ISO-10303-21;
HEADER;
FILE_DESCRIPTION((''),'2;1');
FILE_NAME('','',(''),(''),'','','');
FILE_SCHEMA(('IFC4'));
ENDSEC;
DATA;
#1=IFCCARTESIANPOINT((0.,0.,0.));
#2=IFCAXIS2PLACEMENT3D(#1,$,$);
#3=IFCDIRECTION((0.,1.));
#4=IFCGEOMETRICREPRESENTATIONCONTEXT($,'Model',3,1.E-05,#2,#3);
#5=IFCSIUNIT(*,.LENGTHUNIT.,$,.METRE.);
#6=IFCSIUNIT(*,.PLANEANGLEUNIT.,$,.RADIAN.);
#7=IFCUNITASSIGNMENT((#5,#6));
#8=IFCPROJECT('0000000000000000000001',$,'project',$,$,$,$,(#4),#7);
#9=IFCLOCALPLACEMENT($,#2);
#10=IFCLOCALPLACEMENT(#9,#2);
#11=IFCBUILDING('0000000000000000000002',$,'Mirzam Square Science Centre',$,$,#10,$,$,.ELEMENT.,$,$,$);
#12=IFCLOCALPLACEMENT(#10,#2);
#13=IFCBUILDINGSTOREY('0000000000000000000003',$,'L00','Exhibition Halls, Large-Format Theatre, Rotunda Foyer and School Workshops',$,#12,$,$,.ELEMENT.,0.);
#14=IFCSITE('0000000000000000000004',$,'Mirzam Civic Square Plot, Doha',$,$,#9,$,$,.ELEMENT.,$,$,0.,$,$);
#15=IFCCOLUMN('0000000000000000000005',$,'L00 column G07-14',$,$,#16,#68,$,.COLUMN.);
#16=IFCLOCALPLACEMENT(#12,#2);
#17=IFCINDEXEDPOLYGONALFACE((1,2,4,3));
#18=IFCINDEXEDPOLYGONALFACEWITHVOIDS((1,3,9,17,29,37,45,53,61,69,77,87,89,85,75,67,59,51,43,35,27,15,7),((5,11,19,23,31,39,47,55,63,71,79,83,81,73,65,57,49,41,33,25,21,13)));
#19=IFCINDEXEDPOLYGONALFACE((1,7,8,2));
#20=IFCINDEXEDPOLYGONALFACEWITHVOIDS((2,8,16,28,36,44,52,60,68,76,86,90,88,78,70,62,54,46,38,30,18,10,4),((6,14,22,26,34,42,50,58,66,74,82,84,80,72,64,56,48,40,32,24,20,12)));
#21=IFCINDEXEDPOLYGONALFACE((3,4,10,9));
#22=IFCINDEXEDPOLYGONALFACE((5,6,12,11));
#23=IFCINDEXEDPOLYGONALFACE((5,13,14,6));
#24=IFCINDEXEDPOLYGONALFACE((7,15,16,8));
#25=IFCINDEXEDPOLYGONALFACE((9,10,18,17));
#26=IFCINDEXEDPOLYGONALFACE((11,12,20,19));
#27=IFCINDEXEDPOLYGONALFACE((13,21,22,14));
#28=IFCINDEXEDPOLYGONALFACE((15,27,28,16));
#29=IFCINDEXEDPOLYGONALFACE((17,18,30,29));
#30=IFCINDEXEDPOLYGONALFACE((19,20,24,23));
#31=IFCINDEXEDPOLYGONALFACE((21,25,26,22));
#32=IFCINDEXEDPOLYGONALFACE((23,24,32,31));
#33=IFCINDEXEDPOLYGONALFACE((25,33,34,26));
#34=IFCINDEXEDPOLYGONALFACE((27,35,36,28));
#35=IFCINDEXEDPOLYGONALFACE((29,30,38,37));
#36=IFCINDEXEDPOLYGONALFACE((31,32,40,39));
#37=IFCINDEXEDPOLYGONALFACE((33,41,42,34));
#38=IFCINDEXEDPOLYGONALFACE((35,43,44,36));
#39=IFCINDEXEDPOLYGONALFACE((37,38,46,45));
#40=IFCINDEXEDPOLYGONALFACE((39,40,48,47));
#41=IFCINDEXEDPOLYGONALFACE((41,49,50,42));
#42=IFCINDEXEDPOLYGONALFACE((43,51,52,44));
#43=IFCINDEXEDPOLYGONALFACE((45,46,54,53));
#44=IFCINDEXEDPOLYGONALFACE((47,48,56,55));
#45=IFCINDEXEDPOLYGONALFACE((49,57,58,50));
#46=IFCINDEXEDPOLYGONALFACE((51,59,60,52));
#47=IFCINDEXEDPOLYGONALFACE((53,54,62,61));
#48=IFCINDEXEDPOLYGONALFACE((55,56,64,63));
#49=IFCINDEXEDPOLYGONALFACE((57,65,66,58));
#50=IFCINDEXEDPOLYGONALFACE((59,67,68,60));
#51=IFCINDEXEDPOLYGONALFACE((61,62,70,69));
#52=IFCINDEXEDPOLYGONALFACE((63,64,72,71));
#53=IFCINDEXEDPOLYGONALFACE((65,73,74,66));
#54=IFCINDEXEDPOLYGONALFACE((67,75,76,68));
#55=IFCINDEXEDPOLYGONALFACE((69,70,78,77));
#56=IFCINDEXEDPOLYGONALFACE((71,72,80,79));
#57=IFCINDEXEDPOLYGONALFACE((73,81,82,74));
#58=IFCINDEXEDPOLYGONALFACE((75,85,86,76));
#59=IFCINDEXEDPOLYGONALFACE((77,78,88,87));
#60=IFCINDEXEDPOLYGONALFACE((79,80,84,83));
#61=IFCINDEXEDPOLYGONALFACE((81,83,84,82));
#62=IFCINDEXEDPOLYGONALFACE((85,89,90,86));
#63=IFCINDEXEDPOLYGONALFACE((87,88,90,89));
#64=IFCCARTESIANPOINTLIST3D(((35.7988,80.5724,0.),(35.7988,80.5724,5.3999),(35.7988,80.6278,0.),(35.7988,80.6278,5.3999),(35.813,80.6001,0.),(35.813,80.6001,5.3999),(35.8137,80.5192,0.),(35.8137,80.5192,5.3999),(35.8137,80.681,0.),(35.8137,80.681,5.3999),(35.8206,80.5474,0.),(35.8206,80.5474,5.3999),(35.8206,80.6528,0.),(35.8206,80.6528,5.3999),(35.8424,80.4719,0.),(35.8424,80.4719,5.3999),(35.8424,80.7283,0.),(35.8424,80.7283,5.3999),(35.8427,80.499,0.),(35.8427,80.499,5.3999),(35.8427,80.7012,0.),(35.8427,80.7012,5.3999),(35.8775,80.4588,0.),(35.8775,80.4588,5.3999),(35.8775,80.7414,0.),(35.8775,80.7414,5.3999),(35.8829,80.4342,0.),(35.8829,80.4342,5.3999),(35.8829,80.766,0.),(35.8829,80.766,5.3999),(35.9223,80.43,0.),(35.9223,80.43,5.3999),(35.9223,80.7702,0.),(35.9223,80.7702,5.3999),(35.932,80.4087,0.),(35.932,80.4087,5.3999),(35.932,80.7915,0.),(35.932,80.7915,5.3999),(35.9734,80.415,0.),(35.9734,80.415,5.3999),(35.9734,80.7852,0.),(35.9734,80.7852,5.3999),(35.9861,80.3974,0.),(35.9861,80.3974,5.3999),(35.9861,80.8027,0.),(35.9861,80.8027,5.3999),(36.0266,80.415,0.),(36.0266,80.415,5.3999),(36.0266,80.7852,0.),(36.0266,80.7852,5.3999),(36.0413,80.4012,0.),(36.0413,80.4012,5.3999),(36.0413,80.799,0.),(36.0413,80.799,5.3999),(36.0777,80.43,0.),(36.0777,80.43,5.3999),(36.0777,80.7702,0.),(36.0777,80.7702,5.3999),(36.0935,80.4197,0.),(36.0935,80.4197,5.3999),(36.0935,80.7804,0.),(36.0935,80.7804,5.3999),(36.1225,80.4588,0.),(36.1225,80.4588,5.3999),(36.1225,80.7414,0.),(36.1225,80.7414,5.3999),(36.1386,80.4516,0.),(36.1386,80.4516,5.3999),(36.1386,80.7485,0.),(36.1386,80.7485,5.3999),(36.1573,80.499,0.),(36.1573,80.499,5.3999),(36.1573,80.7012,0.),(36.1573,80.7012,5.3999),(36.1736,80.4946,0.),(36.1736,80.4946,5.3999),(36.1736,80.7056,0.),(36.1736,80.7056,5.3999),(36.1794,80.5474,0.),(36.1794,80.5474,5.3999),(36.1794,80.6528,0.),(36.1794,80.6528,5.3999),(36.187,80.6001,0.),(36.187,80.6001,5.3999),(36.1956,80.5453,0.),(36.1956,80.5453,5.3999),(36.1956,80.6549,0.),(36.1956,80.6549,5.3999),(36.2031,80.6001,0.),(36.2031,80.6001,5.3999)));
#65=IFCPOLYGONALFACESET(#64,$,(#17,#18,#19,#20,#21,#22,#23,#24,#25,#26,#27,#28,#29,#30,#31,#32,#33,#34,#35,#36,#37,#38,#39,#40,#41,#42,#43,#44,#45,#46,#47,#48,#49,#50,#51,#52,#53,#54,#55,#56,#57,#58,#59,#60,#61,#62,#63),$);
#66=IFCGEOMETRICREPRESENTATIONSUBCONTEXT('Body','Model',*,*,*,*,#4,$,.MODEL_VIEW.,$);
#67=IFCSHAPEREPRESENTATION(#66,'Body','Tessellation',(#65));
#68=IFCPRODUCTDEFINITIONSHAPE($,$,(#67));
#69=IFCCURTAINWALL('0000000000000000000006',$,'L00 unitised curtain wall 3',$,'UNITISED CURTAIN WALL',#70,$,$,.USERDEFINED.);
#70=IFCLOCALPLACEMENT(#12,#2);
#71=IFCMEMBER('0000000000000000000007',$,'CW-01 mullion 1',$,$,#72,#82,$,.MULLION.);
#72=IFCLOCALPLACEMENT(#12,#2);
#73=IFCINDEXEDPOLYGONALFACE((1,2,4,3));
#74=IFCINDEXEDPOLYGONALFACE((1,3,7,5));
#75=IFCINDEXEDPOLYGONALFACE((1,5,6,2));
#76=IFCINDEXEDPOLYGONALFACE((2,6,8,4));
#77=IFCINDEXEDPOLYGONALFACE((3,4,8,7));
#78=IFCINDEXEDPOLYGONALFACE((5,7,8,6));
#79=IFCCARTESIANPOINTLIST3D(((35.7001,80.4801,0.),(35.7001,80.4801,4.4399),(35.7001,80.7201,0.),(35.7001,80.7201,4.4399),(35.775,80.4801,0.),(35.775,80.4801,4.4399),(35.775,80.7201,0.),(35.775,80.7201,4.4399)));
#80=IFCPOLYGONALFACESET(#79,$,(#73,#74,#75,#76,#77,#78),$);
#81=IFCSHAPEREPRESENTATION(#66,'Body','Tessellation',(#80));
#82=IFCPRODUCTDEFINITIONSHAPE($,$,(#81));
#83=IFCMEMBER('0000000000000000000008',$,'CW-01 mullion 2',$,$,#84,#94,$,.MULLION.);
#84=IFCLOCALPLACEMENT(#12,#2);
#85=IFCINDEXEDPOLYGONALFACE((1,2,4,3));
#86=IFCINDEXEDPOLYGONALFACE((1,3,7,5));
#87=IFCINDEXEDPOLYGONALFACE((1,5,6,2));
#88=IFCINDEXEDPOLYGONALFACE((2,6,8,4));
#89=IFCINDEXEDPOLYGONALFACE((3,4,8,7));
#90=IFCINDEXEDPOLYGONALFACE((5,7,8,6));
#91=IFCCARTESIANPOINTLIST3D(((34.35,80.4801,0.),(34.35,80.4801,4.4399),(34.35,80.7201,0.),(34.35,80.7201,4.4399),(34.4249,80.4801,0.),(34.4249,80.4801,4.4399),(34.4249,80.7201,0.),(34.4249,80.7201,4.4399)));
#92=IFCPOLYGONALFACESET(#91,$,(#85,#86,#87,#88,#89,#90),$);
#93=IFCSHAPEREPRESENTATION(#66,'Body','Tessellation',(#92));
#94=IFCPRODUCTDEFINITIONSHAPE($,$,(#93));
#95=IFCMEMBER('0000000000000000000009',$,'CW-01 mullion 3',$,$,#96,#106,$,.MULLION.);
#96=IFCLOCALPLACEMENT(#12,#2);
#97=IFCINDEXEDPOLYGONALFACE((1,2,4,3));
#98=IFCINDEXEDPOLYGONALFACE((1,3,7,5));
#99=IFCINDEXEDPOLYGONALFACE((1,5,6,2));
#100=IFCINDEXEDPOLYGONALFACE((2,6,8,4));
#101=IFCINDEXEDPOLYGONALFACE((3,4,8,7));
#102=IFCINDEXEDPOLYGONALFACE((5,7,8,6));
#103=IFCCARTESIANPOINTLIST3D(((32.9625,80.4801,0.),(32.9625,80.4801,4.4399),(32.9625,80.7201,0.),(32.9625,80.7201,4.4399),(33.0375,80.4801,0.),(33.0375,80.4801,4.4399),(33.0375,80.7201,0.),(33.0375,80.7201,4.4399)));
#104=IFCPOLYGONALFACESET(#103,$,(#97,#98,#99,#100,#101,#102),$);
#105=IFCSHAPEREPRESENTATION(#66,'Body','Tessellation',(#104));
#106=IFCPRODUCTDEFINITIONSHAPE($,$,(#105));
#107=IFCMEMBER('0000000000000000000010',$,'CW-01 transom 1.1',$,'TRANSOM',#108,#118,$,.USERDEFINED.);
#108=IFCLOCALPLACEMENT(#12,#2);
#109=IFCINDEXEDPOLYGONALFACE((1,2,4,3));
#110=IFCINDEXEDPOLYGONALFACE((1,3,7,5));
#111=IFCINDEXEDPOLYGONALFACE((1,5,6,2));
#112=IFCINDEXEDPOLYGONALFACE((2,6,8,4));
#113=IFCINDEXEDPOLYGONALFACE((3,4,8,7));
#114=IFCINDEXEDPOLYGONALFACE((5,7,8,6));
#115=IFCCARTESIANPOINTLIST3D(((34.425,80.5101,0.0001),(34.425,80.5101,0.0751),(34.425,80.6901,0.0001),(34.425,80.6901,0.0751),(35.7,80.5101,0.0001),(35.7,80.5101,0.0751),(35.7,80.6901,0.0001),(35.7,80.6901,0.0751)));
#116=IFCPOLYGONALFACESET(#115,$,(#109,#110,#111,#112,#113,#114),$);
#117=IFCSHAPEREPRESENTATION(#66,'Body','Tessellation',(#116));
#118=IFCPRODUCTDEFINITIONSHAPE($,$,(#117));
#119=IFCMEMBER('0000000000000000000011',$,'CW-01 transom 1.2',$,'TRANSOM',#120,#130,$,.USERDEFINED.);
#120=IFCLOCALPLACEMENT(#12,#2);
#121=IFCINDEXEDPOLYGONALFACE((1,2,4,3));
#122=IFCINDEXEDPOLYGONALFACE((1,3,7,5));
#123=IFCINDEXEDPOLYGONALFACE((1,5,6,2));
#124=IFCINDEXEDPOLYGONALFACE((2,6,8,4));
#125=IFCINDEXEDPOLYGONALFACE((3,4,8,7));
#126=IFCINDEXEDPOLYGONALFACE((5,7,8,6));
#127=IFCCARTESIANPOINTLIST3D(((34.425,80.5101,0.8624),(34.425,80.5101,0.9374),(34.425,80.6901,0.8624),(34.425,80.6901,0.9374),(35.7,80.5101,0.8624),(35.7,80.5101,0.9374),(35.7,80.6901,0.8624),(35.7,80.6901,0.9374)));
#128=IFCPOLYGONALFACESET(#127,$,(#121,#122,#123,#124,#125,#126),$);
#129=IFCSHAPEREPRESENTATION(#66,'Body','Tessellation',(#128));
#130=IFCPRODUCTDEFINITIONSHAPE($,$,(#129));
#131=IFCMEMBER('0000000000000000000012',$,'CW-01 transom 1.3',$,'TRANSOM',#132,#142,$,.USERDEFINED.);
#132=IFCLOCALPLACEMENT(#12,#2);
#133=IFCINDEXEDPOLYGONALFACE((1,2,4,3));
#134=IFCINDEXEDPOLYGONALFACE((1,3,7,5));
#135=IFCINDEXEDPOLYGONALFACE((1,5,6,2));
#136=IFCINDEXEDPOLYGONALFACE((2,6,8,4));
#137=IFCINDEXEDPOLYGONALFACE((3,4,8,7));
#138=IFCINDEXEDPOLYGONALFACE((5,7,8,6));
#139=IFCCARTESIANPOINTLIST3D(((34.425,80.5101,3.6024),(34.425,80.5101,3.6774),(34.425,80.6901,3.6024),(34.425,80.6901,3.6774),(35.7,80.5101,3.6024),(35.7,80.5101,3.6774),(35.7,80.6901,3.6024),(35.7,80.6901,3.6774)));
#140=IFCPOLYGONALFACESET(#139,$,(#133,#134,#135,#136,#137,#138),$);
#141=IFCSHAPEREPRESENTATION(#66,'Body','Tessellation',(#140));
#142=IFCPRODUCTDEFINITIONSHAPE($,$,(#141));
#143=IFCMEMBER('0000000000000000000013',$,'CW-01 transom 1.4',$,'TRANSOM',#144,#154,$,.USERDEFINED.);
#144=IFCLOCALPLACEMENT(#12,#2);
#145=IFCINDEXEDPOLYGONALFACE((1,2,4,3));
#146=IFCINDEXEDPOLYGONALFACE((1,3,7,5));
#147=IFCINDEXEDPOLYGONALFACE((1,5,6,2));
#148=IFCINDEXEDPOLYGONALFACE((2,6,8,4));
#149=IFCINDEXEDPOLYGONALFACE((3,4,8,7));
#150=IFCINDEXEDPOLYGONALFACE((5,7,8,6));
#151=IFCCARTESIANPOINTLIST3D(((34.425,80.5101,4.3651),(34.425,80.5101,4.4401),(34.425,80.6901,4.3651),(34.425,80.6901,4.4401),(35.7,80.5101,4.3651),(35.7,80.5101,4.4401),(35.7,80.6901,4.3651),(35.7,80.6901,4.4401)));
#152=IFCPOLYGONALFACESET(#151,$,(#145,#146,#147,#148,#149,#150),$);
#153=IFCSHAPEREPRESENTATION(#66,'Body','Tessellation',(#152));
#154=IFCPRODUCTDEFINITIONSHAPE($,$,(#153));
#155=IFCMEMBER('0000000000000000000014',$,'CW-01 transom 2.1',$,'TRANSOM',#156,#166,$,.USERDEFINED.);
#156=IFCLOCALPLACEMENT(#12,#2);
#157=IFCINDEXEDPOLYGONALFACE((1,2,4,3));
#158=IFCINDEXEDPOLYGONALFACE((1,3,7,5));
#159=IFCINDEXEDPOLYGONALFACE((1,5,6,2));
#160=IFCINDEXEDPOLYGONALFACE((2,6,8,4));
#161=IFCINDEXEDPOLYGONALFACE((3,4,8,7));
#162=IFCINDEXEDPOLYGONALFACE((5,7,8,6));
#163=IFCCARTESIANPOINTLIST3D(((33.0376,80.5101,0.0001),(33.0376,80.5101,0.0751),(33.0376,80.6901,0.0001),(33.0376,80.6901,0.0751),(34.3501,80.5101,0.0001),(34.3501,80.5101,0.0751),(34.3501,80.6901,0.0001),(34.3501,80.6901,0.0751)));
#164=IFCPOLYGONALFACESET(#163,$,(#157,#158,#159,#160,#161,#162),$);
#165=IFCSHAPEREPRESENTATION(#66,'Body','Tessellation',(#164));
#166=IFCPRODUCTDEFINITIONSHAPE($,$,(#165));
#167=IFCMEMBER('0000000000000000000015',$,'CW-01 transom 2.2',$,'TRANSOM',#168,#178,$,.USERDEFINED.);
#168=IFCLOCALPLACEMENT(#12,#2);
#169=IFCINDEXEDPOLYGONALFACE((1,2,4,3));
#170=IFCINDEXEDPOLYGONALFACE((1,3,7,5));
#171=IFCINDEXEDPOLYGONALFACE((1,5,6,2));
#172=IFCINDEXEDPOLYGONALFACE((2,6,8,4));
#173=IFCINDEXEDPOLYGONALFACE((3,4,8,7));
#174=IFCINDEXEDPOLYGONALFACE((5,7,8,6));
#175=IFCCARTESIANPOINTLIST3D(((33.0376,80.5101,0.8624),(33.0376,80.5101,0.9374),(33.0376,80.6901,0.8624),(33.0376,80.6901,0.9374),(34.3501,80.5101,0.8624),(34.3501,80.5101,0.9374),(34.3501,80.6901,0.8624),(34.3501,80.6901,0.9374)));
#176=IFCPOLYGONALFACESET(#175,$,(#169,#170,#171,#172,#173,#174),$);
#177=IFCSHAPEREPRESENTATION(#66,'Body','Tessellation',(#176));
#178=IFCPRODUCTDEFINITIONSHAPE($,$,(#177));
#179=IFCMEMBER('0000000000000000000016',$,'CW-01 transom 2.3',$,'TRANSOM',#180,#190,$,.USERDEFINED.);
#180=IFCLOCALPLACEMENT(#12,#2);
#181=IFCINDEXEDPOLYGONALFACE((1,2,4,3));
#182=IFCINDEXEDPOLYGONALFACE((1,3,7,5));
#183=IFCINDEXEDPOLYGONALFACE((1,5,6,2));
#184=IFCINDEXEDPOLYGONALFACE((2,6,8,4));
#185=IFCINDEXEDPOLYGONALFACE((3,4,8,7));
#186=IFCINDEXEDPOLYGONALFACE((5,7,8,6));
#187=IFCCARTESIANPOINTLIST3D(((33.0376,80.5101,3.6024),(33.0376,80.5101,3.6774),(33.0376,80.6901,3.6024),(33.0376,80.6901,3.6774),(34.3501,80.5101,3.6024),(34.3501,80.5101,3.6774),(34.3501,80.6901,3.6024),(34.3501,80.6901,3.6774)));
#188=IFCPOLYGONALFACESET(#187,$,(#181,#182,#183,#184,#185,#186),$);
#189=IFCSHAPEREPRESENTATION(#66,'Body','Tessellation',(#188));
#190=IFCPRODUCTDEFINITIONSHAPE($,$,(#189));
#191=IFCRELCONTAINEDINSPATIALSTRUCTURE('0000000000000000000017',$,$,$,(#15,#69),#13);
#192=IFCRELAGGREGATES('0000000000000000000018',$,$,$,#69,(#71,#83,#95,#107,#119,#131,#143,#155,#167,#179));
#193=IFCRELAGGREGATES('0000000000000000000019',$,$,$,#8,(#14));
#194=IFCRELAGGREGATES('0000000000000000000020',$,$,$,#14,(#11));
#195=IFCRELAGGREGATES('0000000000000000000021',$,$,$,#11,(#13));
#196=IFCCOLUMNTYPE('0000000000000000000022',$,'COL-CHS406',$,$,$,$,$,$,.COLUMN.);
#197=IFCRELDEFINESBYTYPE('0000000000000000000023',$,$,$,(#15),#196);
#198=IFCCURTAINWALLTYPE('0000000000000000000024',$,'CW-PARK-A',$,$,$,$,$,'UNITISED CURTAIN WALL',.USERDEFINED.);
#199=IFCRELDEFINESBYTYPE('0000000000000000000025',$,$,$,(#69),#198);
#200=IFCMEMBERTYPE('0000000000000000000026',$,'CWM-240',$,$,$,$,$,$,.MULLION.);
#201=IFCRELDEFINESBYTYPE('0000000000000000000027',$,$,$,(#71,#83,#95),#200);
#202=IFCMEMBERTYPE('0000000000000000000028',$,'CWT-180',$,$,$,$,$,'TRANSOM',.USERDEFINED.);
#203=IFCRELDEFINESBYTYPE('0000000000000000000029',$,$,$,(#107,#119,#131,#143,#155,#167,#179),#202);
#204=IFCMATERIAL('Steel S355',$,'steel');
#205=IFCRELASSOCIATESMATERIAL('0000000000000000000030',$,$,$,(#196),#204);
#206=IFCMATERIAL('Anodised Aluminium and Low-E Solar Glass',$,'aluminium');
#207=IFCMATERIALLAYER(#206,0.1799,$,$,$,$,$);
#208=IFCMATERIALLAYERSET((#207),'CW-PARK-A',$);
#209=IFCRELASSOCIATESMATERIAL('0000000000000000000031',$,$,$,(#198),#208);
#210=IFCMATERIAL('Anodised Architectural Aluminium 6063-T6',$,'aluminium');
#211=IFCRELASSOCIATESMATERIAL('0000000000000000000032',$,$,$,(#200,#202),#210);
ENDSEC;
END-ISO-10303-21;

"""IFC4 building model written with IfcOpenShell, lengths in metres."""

from ifc_helpers import new_model, si_unit, direction, frame, origin, origin_2d, place, context, subcontext, project, spatial, rectangle, hollow_circle, extrude, material, layer, layer_set, material_profile, profile_set, type_object, element, aggregate, save


model = new_model("IFC4")

# Units and contexts
model_context = context("Model", 3, precision=1e-05, world=origin(), true_north=direction((0.0, 1.0)))
body_context = subcontext(model_context, "Body", "Model", "MODEL_VIEW")
ifc_project = project(units=[si_unit("LENGTHUNIT", "METRE"), si_unit("PLANEANGLEUNIT", "RADIAN")], contexts=[model_context])

# Site, building, storey
site_placement = place(None, origin())
site = spatial("IfcSite", under=ifc_project, at=site_placement, Name="Mirzam Civic Square Plot, Doha", CompositionType="ELEMENT", RefElevation=0.0)
building_placement = place(site_placement, origin())
building = spatial("IfcBuilding", under=site, at=building_placement, Name="Mirzam Square Science Centre", CompositionType="ELEMENT")
storey_placement = place(building_placement, origin())
storey = spatial("IfcBuildingStorey", under=building, at=storey_placement, Name="L00", Description="Exhibition Halls, Large-Format Theatre, Rotunda Foyer and School Workshops", CompositionType="ELEMENT", Elevation=0.0)

# Column
ifc_material_1 = material(Name="Steel S355", Category="steel")
ifc_material_profile_1 = material_profile(ifc_material_1, hollow_circle(Radius=0.2031, WallThickness=0.0161, at=origin_2d()), Name="406.4x16.0CHS")
ifc_profile_set_1 = profile_set([ifc_material_profile_1], Name="Steel S355")
column_type = type_object("IfcColumnType", Name="COL-CHS406", PredefinedType="COLUMN", material=ifc_profile_set_1)
column_placement = place(storey_placement, frame((36.0, 80.6001, 0.0), z_axis=(0.0, 0.0, 1.0), x_axis=(1.0, 0.0, 0.0)))
element("IfcColumn", 1, at=column_placement, inside=storey, type_object=column_type, Name="L00 column G07-14", PredefinedType="COLUMN", context=body_context, shape_type="SweptSolid", body=[
    extrude(hollow_circle(Radius=0.2031, WallThickness=0.0161, at=origin_2d()), origin(), (0.0, 0.0, 1.0), 5.3999),
])

# Curtain wall, members
ifc_material_2 = material(Name="Anodised Aluminium and Low-E Solar Glass", Category="aluminium")
ifc_layer_1 = layer(ifc_material_2, 0.1799)
ifc_layer_set_1 = layer_set([ifc_layer_1], Name="CW-PARK-A")
curtain_wall_type = type_object("IfcCurtainWallType", Name="CW-PARK-A", ElementType="UNITISED CURTAIN WALL", PredefinedType="USERDEFINED", material=ifc_layer_set_1)
curtain_wall_placement = place(storey_placement, origin())
curtain_wall = element("IfcCurtainWall", 2, at=curtain_wall_placement, inside=storey, type_object=curtain_wall_type, Name="L00 unitised curtain wall 3", ObjectType="UNITISED CURTAIN WALL", PredefinedType="USERDEFINED")
ifc_material_3 = material(Name="Anodised Architectural Aluminium 6063-T6", Category="aluminium")
ifc_material_profile_2 = material_profile(ifc_material_3, rectangle(XDim=0.075, YDim=0.24, at=origin_2d()), Name="ALU-MULL-240x75x5")
ifc_profile_set_2 = profile_set([ifc_material_profile_2], Name="Anodised Architectural Aluminium 6063-T6")
member_type_1 = type_object("IfcMemberType", Name="CWM-240", PredefinedType="MULLION", material=ifc_profile_set_2)
member_1_placement = place(storey_placement, frame((35.7375, 80.6001, 0.0), z_axis=(0.0, 0.0, 1.0), x_axis=(-1.0, 0.0, 0.0)))
member_1 = element("IfcMember", 3, at=member_1_placement, type_object=member_type_1, Name="CW-01 mullion 1", PredefinedType="MULLION", context=body_context, shape_type="SweptSolid", body=[
    extrude(rectangle(XDim=0.075, YDim=0.24, at=origin_2d()), origin(), (0.0, 0.0, 1.0), 4.4399),
])
member_2_placement = place(storey_placement, frame((34.3875, 80.6001, 0.0), z_axis=(0.0, 0.0, 1.0), x_axis=(-1.0, 0.0, 0.0)))
member_2 = element("IfcMember", 4, at=member_2_placement, type_object=member_type_1, Name="CW-01 mullion 2", PredefinedType="MULLION", context=body_context, shape_type="SweptSolid", body=[
    extrude(rectangle(XDim=0.075, YDim=0.24, at=origin_2d()), origin(), (0.0, 0.0, 1.0), 4.4399),
])
member_3_placement = place(storey_placement, frame((33.0, 80.6001, 0.0), z_axis=(0.0, 0.0, 1.0), x_axis=(-1.0, 0.0, 0.0)))
member_3 = element("IfcMember", 5, at=member_3_placement, type_object=member_type_1, Name="CW-01 mullion 3", PredefinedType="MULLION", context=body_context, shape_type="SweptSolid", body=[
    extrude(rectangle(XDim=0.075, YDim=0.24, at=origin_2d()), origin(), (0.0, 0.0, 1.0), 4.4399),
])
ifc_material_profile_3 = material_profile(ifc_material_3, rectangle(XDim=0.1799, YDim=0.075, at=origin_2d()), Name="ALU-TRAN-180x75x5")
ifc_profile_set_3 = profile_set([ifc_material_profile_3], Name="Anodised Architectural Aluminium 6063-T6")
member_type_2 = type_object("IfcMemberType", Name="CWT-180", ElementType="TRANSOM", PredefinedType="USERDEFINED", material=ifc_profile_set_3)
member_4_placement = place(storey_placement, frame((35.7, 80.6001, 0.0376), z_axis=(-1.0, 0.0, 0.0), x_axis=(0.0, -1.0, 0.0)))
member_4 = element("IfcMember", 6, at=member_4_placement, type_object=member_type_2, Name="CW-01 transom 1.1", ObjectType="TRANSOM", PredefinedType="USERDEFINED", context=body_context, shape_type="SweptSolid", body=[
    extrude(rectangle(XDim=0.1799, YDim=0.075, at=origin_2d()), origin(), (0.0, 0.0, 1.0), 1.2749),
])
member_5_placement = place(storey_placement, frame((35.7, 80.6001, 0.8999), z_axis=(-1.0, 0.0, 0.0), x_axis=(0.0, -1.0, 0.0)))
member_5 = element("IfcMember", 7, at=member_5_placement, type_object=member_type_2, Name="CW-01 transom 1.2", ObjectType="TRANSOM", PredefinedType="USERDEFINED", context=body_context, shape_type="SweptSolid", body=[
    extrude(rectangle(XDim=0.1799, YDim=0.075, at=origin_2d()), origin(), (0.0, 0.0, 1.0), 1.2749),
])
member_6_placement = place(storey_placement, frame((35.7, 80.6001, 3.6399), z_axis=(-1.0, 0.0, 0.0), x_axis=(0.0, -1.0, 0.0)))
member_6 = element("IfcMember", 8, at=member_6_placement, type_object=member_type_2, Name="CW-01 transom 1.3", ObjectType="TRANSOM", PredefinedType="USERDEFINED", context=body_context, shape_type="SweptSolid", body=[
    extrude(rectangle(XDim=0.1799, YDim=0.075, at=origin_2d()), origin(), (0.0, 0.0, 1.0), 1.2749),
])
member_7_placement = place(storey_placement, frame((35.7, 80.6001, 4.4026), z_axis=(-1.0, 0.0, 0.0), x_axis=(0.0, -1.0, 0.0)))
member_7 = element("IfcMember", 9, at=member_7_placement, type_object=member_type_2, Name="CW-01 transom 1.4", ObjectType="TRANSOM", PredefinedType="USERDEFINED", context=body_context, shape_type="SweptSolid", body=[
    extrude(rectangle(XDim=0.1799, YDim=0.075, at=origin_2d()), origin(), (0.0, 0.0, 1.0), 1.2749),
])
member_8_placement = place(storey_placement, frame((34.3501, 80.6001, 0.0376), z_axis=(-1.0, 0.0, 0.0), x_axis=(0.0, -1.0, 0.0)))
member_8 = element("IfcMember", 10, at=member_8_placement, type_object=member_type_2, Name="CW-01 transom 2.1", ObjectType="TRANSOM", PredefinedType="USERDEFINED", context=body_context, shape_type="SweptSolid", body=[
    extrude(rectangle(XDim=0.1799, YDim=0.075, at=origin_2d()), origin(), (0.0, 0.0, 1.0), 1.3125),
])
member_9_placement = place(storey_placement, frame((34.3501, 80.6001, 0.8999), z_axis=(-1.0, 0.0, 0.0), x_axis=(0.0, -1.0, 0.0)))
member_9 = element("IfcMember", 11, at=member_9_placement, type_object=member_type_2, Name="CW-01 transom 2.2", ObjectType="TRANSOM", PredefinedType="USERDEFINED", context=body_context, shape_type="SweptSolid", body=[
    extrude(rectangle(XDim=0.1799, YDim=0.075, at=origin_2d()), origin(), (0.0, 0.0, 1.0), 1.3125),
])
member_10_placement = place(storey_placement, frame((34.3501, 80.6001, 3.6399), z_axis=(-1.0, 0.0, 0.0), x_axis=(0.0, -1.0, 0.0)))
member_10 = element("IfcMember", 12, at=member_10_placement, type_object=member_type_2, Name="CW-01 transom 2.3", ObjectType="TRANSOM", PredefinedType="USERDEFINED", context=body_context, shape_type="SweptSolid", body=[
    extrude(rectangle(XDim=0.1799, YDim=0.075, at=origin_2d()), origin(), (0.0, 0.0, 1.0), 1.3125),
])

aggregate(curtain_wall, [member_1, member_2, member_3, member_4, member_5, member_6, member_7, member_8, member_9, member_10])

save(model, "model.ifc")
